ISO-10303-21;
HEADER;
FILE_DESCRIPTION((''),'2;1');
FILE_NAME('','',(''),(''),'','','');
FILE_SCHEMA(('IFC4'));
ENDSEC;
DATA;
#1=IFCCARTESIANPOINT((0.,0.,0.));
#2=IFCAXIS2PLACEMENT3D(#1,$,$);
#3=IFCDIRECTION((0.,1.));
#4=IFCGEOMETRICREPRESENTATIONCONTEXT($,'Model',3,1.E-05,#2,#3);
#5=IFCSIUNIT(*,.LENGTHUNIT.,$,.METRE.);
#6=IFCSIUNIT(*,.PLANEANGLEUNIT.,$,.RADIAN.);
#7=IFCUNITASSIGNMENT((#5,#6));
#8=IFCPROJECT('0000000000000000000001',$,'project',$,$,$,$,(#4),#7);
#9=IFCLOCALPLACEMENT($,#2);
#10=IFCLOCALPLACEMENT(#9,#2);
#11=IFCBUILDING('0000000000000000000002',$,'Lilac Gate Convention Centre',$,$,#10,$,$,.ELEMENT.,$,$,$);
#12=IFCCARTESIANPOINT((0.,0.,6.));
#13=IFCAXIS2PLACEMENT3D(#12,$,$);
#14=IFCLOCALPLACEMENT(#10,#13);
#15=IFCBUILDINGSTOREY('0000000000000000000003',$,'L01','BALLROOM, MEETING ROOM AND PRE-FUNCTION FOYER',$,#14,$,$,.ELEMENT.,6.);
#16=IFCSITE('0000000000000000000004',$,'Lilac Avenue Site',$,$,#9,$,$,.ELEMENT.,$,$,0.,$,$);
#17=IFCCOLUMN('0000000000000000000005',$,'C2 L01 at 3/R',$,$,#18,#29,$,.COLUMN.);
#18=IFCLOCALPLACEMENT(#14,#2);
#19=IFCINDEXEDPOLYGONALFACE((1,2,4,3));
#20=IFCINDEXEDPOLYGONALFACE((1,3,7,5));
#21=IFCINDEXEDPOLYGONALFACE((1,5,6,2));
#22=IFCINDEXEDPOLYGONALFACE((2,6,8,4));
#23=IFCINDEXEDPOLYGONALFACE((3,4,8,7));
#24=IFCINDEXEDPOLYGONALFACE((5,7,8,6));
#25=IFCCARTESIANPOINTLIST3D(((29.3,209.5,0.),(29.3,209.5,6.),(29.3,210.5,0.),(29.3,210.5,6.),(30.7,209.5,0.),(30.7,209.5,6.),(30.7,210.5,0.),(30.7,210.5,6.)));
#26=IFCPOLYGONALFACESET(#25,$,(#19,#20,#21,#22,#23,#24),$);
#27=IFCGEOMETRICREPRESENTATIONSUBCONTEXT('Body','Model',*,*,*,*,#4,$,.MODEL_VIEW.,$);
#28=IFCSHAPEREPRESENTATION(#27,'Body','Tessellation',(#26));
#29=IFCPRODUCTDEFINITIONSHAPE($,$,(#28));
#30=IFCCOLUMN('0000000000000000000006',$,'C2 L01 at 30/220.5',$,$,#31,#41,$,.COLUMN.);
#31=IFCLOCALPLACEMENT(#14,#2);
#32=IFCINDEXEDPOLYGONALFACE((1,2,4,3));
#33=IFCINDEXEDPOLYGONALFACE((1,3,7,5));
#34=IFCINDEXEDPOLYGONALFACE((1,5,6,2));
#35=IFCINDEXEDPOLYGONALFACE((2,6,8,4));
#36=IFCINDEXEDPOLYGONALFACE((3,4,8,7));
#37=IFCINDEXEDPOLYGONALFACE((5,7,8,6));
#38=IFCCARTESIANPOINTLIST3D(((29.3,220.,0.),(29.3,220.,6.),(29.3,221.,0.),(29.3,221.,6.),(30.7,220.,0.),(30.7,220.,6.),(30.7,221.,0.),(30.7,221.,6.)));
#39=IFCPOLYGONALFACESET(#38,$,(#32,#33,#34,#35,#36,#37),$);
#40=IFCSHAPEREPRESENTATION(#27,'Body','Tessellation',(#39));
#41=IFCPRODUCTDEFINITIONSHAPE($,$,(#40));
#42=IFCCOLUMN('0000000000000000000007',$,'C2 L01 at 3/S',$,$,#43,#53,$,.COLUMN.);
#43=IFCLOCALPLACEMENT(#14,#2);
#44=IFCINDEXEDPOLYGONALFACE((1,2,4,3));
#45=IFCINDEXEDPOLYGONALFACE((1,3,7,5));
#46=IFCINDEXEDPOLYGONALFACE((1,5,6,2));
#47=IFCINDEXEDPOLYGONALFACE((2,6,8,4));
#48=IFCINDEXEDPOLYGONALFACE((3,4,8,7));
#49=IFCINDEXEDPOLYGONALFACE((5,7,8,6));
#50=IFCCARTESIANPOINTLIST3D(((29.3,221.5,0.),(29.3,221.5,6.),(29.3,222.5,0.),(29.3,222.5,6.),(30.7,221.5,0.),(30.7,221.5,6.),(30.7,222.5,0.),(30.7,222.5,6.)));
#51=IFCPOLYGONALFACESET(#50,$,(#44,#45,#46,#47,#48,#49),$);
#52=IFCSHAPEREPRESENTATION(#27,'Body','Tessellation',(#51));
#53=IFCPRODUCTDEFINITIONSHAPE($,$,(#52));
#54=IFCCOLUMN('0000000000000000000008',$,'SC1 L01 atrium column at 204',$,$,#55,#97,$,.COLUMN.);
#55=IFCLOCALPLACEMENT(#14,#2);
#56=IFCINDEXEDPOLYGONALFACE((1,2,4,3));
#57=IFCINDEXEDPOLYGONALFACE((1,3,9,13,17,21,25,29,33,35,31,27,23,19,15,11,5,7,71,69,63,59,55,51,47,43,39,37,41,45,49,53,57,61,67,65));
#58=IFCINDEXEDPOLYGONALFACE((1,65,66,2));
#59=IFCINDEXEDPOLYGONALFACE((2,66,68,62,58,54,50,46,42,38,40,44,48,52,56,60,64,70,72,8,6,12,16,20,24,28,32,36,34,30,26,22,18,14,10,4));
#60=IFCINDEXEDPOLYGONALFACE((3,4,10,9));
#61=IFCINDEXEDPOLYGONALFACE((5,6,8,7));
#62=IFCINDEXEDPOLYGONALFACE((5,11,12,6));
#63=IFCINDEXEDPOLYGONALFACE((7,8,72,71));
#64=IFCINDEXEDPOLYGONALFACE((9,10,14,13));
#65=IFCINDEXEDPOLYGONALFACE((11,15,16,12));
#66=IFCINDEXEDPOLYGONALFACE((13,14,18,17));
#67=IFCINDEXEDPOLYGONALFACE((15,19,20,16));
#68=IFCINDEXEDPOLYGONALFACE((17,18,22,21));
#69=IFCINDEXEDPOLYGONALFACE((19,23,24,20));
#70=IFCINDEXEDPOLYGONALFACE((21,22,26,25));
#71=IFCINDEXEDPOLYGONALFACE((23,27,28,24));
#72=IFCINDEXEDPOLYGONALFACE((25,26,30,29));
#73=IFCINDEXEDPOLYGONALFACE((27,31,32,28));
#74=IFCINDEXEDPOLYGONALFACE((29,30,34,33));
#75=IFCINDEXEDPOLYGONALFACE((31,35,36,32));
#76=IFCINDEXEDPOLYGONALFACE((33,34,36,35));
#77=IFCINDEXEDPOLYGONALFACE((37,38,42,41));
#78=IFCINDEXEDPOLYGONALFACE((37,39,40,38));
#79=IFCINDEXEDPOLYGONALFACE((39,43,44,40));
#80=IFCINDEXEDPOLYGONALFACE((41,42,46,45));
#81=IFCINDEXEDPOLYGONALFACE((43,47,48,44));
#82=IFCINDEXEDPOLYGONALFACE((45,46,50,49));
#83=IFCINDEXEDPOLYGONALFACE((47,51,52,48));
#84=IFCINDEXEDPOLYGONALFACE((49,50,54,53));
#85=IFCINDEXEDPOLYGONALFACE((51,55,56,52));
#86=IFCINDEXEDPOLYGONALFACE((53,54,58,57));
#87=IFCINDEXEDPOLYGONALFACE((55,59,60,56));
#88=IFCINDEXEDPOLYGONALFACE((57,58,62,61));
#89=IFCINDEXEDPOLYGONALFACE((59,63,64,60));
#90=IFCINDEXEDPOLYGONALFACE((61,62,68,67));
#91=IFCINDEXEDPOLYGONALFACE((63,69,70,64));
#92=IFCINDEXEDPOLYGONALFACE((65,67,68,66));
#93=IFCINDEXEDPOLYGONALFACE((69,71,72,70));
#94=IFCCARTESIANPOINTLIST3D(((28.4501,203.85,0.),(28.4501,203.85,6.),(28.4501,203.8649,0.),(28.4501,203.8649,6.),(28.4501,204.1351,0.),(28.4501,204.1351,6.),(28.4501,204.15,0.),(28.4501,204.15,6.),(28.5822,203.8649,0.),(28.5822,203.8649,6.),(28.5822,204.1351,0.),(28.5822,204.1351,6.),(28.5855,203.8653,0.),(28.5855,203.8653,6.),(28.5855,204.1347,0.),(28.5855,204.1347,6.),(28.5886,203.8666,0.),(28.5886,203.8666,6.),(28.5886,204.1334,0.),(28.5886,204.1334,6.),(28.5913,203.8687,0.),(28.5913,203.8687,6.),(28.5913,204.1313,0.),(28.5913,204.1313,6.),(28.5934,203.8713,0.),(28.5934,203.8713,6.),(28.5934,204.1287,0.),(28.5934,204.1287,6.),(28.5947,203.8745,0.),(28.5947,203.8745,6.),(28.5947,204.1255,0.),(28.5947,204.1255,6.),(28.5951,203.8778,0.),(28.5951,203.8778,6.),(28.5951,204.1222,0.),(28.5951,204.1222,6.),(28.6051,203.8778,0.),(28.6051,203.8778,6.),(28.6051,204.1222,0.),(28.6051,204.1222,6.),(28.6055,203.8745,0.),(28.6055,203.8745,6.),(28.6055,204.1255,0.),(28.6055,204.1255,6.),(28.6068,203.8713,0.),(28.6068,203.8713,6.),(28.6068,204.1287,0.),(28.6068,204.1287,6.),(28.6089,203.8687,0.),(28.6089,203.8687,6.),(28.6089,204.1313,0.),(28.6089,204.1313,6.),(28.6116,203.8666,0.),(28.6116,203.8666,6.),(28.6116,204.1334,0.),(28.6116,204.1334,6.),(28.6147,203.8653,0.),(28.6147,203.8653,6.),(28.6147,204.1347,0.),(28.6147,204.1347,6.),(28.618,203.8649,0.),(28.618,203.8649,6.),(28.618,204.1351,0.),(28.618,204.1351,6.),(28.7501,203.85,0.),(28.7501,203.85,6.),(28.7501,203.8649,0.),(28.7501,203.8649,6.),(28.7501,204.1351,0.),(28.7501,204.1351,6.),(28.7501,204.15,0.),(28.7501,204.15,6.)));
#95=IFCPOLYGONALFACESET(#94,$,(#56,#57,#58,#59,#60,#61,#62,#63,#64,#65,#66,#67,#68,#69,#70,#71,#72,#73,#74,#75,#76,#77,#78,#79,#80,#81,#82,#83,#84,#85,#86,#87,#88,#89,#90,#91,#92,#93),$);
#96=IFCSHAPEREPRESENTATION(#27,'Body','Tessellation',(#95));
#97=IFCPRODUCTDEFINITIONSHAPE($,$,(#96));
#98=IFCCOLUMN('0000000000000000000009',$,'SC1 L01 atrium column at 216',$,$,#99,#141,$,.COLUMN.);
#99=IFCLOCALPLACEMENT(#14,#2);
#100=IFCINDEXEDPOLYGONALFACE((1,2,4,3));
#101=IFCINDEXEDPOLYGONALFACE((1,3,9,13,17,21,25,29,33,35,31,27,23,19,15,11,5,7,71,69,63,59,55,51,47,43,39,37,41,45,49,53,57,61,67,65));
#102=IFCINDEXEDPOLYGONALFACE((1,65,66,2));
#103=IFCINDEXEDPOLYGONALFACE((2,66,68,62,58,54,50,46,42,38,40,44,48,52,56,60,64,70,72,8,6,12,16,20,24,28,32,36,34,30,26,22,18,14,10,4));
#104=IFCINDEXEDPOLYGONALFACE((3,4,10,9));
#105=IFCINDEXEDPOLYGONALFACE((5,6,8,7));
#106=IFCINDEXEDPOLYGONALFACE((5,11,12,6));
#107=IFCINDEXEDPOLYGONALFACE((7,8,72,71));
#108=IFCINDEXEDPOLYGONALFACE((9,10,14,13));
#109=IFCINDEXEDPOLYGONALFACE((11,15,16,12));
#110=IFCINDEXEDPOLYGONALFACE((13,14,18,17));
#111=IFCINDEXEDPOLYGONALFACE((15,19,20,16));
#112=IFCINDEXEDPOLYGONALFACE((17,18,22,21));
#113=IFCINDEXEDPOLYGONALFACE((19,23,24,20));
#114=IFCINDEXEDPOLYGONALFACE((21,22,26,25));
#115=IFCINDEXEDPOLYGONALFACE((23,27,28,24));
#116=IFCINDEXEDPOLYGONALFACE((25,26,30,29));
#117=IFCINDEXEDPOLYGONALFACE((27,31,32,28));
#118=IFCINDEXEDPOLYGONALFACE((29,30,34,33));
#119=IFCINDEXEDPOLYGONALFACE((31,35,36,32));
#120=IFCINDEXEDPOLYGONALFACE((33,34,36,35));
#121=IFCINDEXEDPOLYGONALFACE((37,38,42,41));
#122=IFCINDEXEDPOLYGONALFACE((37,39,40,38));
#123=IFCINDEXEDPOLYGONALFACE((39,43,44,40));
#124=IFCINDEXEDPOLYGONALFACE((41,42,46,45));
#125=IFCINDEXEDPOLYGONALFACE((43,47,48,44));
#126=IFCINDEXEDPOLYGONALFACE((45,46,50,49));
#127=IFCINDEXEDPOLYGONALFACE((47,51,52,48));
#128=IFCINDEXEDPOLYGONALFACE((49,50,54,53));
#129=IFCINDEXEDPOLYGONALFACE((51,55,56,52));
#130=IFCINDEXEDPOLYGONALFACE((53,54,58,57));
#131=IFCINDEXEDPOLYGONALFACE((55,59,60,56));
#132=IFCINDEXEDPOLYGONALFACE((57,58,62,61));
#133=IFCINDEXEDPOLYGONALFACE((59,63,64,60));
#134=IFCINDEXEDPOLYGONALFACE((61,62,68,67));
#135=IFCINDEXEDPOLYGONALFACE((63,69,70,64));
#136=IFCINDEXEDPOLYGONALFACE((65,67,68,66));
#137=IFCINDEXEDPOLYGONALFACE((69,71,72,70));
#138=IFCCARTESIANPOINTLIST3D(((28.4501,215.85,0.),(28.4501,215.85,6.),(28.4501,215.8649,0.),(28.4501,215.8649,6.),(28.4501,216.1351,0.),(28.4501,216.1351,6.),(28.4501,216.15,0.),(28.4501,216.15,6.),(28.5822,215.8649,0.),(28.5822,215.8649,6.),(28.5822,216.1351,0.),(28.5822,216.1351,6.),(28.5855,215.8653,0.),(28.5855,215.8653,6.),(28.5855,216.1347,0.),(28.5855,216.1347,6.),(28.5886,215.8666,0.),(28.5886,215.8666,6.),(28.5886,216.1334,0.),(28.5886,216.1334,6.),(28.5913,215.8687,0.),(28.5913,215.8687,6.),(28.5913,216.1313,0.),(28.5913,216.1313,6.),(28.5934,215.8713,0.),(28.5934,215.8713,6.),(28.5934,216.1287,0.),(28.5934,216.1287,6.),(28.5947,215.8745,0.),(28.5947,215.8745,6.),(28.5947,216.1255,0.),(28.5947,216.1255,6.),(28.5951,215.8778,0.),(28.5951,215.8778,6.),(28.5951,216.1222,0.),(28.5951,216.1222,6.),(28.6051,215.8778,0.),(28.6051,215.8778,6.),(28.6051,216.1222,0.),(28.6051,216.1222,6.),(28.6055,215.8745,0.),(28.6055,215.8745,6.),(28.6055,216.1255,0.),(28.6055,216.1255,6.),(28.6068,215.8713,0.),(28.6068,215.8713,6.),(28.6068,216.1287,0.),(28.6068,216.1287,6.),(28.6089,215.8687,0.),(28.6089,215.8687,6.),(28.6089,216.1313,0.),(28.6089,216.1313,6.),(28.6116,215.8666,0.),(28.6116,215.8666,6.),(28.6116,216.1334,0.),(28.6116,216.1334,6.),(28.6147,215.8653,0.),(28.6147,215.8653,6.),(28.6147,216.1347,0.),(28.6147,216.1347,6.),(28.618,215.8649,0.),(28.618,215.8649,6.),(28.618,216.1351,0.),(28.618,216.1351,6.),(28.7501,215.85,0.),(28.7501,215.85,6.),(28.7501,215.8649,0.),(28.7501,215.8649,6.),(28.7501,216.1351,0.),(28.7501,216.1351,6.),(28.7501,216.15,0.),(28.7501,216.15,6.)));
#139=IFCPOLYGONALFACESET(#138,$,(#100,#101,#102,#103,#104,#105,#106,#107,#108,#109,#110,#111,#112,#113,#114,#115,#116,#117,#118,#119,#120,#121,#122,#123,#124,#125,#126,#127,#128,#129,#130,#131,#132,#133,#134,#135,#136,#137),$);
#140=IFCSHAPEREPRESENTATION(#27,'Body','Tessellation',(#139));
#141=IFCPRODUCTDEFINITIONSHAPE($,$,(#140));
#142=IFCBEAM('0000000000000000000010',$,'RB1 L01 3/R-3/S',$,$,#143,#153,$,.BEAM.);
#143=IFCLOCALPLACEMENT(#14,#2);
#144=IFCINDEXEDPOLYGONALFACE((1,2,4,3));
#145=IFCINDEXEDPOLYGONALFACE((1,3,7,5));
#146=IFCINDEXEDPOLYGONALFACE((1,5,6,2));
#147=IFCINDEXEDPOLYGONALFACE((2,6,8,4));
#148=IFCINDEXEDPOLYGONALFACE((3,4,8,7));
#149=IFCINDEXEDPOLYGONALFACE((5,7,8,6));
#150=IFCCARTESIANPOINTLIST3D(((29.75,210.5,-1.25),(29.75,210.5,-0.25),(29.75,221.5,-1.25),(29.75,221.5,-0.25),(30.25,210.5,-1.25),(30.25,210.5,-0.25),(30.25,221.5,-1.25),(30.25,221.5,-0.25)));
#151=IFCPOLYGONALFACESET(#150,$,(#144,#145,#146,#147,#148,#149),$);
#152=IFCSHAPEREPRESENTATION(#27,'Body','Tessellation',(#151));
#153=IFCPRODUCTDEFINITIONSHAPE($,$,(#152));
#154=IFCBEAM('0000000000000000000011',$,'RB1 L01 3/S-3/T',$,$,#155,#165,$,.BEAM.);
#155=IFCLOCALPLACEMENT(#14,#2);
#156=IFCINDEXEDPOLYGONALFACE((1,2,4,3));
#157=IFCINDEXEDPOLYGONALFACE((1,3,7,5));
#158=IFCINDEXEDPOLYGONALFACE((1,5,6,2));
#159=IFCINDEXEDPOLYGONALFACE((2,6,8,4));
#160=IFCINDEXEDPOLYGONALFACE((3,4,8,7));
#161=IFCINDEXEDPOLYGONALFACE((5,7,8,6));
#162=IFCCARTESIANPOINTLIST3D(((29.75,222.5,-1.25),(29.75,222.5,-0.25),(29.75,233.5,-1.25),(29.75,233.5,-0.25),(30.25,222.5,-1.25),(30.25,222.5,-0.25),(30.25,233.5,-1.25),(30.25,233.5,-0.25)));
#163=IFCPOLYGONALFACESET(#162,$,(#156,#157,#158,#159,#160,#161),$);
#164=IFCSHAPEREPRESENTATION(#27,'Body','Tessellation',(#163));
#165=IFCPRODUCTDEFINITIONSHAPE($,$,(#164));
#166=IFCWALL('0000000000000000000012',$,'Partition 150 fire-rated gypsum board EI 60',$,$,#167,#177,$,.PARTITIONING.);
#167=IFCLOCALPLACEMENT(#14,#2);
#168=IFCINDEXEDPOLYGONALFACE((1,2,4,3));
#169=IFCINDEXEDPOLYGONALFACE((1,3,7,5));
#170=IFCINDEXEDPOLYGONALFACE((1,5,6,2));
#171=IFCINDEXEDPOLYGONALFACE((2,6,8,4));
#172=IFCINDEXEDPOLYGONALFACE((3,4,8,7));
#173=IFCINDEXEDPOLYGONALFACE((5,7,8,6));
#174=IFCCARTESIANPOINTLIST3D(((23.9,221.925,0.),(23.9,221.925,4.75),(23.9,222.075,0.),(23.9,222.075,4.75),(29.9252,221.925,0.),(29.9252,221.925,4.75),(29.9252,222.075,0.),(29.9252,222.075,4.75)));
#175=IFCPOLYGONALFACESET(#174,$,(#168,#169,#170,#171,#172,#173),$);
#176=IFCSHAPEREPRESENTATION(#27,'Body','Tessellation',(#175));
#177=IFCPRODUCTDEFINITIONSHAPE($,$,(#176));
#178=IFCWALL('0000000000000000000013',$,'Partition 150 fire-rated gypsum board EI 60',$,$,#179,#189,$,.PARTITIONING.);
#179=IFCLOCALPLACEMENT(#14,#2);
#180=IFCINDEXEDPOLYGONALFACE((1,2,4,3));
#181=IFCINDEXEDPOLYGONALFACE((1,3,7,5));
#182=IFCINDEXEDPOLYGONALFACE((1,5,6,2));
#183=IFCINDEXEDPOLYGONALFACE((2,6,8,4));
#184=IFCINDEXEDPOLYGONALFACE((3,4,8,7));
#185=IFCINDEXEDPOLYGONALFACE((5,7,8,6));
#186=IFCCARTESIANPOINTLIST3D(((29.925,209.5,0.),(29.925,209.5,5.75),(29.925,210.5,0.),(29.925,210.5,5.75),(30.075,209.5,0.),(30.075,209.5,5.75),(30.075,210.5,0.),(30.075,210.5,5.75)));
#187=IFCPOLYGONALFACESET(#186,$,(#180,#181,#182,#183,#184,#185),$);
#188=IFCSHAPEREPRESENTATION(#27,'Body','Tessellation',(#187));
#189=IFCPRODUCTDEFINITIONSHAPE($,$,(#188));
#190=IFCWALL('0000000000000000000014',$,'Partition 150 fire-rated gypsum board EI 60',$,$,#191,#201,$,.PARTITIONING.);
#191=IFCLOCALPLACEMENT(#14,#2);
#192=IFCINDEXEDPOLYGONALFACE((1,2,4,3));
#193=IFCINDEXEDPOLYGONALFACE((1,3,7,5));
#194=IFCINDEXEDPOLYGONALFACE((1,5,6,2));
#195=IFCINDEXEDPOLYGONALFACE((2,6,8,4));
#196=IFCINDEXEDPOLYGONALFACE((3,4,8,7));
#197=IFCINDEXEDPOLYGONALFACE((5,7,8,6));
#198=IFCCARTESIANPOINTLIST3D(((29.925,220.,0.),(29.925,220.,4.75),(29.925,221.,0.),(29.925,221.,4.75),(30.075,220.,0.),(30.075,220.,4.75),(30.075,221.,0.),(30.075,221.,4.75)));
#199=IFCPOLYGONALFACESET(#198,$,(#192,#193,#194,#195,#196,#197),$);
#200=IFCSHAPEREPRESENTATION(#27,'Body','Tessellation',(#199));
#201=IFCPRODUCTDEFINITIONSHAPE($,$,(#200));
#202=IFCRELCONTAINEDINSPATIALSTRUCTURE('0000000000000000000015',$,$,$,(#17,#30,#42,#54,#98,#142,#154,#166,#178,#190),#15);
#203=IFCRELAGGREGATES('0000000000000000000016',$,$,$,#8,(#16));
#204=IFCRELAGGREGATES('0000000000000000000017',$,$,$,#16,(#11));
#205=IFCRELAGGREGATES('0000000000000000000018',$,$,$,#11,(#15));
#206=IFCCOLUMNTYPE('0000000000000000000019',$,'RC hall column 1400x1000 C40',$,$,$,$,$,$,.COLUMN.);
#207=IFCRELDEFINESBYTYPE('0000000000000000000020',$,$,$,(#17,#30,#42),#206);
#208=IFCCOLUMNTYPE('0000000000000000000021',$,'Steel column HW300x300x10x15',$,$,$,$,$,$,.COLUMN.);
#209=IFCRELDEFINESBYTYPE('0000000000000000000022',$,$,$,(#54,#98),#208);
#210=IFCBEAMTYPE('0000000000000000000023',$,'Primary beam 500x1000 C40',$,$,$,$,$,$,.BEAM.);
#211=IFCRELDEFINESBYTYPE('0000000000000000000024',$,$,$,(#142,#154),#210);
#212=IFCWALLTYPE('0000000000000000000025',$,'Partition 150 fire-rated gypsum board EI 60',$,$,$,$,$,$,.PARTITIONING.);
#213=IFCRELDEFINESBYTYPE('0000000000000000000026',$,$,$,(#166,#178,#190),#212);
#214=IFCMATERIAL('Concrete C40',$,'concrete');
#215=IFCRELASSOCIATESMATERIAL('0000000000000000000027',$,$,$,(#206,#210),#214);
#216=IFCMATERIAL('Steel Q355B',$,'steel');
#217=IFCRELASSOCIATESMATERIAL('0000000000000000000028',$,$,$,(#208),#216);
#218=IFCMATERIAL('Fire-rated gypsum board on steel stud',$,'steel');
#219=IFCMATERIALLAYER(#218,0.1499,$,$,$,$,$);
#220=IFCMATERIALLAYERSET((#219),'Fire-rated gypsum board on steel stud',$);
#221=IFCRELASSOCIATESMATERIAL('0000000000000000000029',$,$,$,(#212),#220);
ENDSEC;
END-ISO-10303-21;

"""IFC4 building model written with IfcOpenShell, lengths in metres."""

from ifc_helpers import new_model, si_unit, direction, frame, frame_2d, origin, origin_2d, place, context, subcontext, project, spatial, rectangle, i_section, extrude, material, layer, layer_set, material_profile, profile_set, type_object, element, save


model = new_model("IFC4")

# Units and contexts
model_context = context("Model", 3, precision=1e-05, world=origin(), true_north=direction((0.0, 1.0)))
body_context = subcontext(model_context, "Body", "Model", "MODEL_VIEW")
ifc_project = project(units=[si_unit("LENGTHUNIT", "METRE"), si_unit("PLANEANGLEUNIT", "RADIAN")], contexts=[model_context])

# Site, building, storey
site_placement = place(None, origin())
site = spatial("IfcSite", under=ifc_project, at=site_placement, Name="Lilac Avenue Site", CompositionType="ELEMENT", RefElevation=0.0)
building_placement = place(site_placement, origin())
building = spatial("IfcBuilding", under=site, at=building_placement, Name="Lilac Gate Convention Centre", CompositionType="ELEMENT")
storey_placement = place(building_placement, frame((0.0, 0.0, 6.0)))
storey = spatial("IfcBuildingStorey", under=building, at=storey_placement, Name="L01", Description="BALLROOM, MEETING ROOM AND PRE-FUNCTION FOYER", CompositionType="ELEMENT", Elevation=6.0)

# Columns
ifc_material_1 = material(Name="Concrete C40", Category="concrete")
ifc_material_profile_1 = material_profile(ifc_material_1, rectangle(XDim=1.3999, YDim=1.0, at=origin_2d()), Name="RC 1400x1000")
ifc_profile_set_1 = profile_set([ifc_material_profile_1], Name="Concrete C40")
column_type_1 = type_object("IfcColumnType", Name="RC hall column 1400x1000 C40", PredefinedType="COLUMN", material=ifc_profile_set_1)
for number, where, z_axis, x_axis, name in (
    (1, (30.0, 210.0, 0.0), (0.0, 0.0, 1.0), (1.0, 0.0, 0.0), "C2 L01 at 3/R"),
    (2, (30.0, 220.5, 0.0), (0.0, 0.0, 1.0), (1.0, 0.0, 0.0), "C2 L01 at 30/220.5"),
    (3, (30.0, 222.0, 0.0), (0.0, 0.0, 1.0), (1.0, 0.0, 0.0), "C2 L01 at 3/S"),
):
    element("IfcColumn", number, at=place(storey_placement, frame(where, z_axis=z_axis, x_axis=x_axis)), inside=storey, type_object=column_type_1, Name=name, PredefinedType="COLUMN", context=body_context, shape_type="SweptSolid", body=[
        extrude(rectangle(XDim=1.3999, YDim=1.0, at=origin_2d()), origin(), (0.0, 0.0, 1.0), 6.0),
    ])
ifc_material_2 = material(Name="Steel Q355B", Category="steel")
ifc_material_profile_2 = material_profile(ifc_material_2, i_section(OverallWidth=0.3, OverallDepth=0.3, WebThickness=0.01, FlangeThickness=0.0149, FilletRadius=0.0129, at=origin_2d()), Name="HW300x300x10x15")
ifc_profile_set_2 = profile_set([ifc_material_profile_2], Name="Steel Q355B")
column_type_2 = type_object("IfcColumnType", Name="Steel column HW300x300x10x15", PredefinedType="COLUMN", material=ifc_profile_set_2)
for number, where, z_axis, x_axis, name in (
    (4, (28.6001, 204.0, 0.0), (0.0, 0.0, 1.0), (1.0, 0.0, 0.0), "SC1 L01 atrium column at 204"),
    (5, (28.6001, 216.0, 0.0), (0.0, 0.0, 1.0), (1.0, 0.0, 0.0), "SC1 L01 atrium column at 216"),
):
    element("IfcColumn", number, at=place(storey_placement, frame(where, z_axis=z_axis, x_axis=x_axis)), inside=storey, type_object=column_type_2, Name=name, PredefinedType="COLUMN", context=body_context, shape_type="SweptSolid", body=[
        extrude(i_section(OverallWidth=0.3, OverallDepth=0.3, WebThickness=0.01, FlangeThickness=0.0149, FilletRadius=0.0129, at=origin_2d()), origin(), (0.0, 0.0, 1.0), 6.0),
    ])

# Beams
ifc_material_profile_3 = material_profile(ifc_material_1, rectangle(XDim=0.5, YDim=1.0, at=origin_2d()), Name="RC 500x1000")
ifc_profile_set_3 = profile_set([ifc_material_profile_3], Name="Concrete C40")
beam_type = type_object("IfcBeamType", Name="Primary beam 500x1000 C40", PredefinedType="BEAM", material=ifc_profile_set_3)
for number, where, z_axis, x_axis, name in (
    (6, (30.0, 210.5, -0.75), (0.0, 1.0, 0.0), (-1.0, 0.0, 0.0), "RB1 L01 3/R-3/S"),
    (7, (30.0, 222.5, -0.75), (0.0, 1.0, 0.0), (-1.0, 0.0, 0.0), "RB1 L01 3/S-3/T"),
):
    element("IfcBeam", number, at=place(storey_placement, frame(where, z_axis=z_axis, x_axis=x_axis)), inside=storey, type_object=beam_type, Name=name, PredefinedType="BEAM", context=body_context, shape_type="SweptSolid", body=[
        extrude(rectangle(XDim=0.5, YDim=1.0, at=origin_2d()), origin(), (0.0, 0.0, 1.0), 11.0),
    ])

# Walls
ifc_material_3 = material(Name="Fire-rated gypsum board on steel stud", Category="steel")
ifc_layer_1 = layer(ifc_material_3, 0.1499)
ifc_layer_set_1 = layer_set([ifc_layer_1], Name="Fire-rated gypsum board on steel stud")
wall_type_1 = type_object("IfcWallType", Name="Partition 150 fire-rated gypsum board EI 60", PredefinedType="PARTITIONING", material=ifc_layer_set_1)
wall_1_placement = place(storey_placement, frame((23.8999, 222.0, 0.0), z_axis=(0.0, 0.0, 1.0), x_axis=(1.0, 0.0, 0.0)))
element("IfcWall", 8, at=wall_1_placement, inside=storey, type_object=wall_type_1, Name="Partition 150 fire-rated gypsum board EI 60", PredefinedType="PARTITIONING", context=body_context, shape_type="SweptSolid", body=[
    extrude(rectangle(XDim=6.0251, YDim=0.1499, at=frame_2d((3.0127, 0.0))), origin(), (0.0, 0.0, 1.0), 4.75),
])
wall_2_placement = place(storey_placement, frame((30.0, 209.5, 0.0), z_axis=(0.0, 0.0, 1.0), x_axis=(0.0, 1.0, 0.0)))
element("IfcWall", 9, at=wall_2_placement, inside=storey, type_object=wall_type_1, Name="Partition 150 fire-rated gypsum board EI 60", PredefinedType="PARTITIONING", context=body_context, shape_type="SweptSolid", body=[
    extrude(rectangle(XDim=1.0, YDim=0.1499, at=frame_2d((0.5, 0.0))), origin(), (0.0, 0.0, 1.0), 5.75),
])
wall_3_placement = place(storey_placement, frame((30.0, 220.0, 0.0), z_axis=(0.0, 0.0, 1.0), x_axis=(0.0, 1.0, 0.0)))
element("IfcWall", 10, at=wall_3_placement, inside=storey, type_object=wall_type_1, Name="Partition 150 fire-rated gypsum board EI 60", PredefinedType="PARTITIONING", context=body_context, shape_type="SweptSolid", body=[
    extrude(rectangle(XDim=1.0, YDim=0.1499, at=frame_2d((0.5, 0.0))), origin(), (0.0, 0.0, 1.0), 4.75),
])

save(model, "model.ifc")
